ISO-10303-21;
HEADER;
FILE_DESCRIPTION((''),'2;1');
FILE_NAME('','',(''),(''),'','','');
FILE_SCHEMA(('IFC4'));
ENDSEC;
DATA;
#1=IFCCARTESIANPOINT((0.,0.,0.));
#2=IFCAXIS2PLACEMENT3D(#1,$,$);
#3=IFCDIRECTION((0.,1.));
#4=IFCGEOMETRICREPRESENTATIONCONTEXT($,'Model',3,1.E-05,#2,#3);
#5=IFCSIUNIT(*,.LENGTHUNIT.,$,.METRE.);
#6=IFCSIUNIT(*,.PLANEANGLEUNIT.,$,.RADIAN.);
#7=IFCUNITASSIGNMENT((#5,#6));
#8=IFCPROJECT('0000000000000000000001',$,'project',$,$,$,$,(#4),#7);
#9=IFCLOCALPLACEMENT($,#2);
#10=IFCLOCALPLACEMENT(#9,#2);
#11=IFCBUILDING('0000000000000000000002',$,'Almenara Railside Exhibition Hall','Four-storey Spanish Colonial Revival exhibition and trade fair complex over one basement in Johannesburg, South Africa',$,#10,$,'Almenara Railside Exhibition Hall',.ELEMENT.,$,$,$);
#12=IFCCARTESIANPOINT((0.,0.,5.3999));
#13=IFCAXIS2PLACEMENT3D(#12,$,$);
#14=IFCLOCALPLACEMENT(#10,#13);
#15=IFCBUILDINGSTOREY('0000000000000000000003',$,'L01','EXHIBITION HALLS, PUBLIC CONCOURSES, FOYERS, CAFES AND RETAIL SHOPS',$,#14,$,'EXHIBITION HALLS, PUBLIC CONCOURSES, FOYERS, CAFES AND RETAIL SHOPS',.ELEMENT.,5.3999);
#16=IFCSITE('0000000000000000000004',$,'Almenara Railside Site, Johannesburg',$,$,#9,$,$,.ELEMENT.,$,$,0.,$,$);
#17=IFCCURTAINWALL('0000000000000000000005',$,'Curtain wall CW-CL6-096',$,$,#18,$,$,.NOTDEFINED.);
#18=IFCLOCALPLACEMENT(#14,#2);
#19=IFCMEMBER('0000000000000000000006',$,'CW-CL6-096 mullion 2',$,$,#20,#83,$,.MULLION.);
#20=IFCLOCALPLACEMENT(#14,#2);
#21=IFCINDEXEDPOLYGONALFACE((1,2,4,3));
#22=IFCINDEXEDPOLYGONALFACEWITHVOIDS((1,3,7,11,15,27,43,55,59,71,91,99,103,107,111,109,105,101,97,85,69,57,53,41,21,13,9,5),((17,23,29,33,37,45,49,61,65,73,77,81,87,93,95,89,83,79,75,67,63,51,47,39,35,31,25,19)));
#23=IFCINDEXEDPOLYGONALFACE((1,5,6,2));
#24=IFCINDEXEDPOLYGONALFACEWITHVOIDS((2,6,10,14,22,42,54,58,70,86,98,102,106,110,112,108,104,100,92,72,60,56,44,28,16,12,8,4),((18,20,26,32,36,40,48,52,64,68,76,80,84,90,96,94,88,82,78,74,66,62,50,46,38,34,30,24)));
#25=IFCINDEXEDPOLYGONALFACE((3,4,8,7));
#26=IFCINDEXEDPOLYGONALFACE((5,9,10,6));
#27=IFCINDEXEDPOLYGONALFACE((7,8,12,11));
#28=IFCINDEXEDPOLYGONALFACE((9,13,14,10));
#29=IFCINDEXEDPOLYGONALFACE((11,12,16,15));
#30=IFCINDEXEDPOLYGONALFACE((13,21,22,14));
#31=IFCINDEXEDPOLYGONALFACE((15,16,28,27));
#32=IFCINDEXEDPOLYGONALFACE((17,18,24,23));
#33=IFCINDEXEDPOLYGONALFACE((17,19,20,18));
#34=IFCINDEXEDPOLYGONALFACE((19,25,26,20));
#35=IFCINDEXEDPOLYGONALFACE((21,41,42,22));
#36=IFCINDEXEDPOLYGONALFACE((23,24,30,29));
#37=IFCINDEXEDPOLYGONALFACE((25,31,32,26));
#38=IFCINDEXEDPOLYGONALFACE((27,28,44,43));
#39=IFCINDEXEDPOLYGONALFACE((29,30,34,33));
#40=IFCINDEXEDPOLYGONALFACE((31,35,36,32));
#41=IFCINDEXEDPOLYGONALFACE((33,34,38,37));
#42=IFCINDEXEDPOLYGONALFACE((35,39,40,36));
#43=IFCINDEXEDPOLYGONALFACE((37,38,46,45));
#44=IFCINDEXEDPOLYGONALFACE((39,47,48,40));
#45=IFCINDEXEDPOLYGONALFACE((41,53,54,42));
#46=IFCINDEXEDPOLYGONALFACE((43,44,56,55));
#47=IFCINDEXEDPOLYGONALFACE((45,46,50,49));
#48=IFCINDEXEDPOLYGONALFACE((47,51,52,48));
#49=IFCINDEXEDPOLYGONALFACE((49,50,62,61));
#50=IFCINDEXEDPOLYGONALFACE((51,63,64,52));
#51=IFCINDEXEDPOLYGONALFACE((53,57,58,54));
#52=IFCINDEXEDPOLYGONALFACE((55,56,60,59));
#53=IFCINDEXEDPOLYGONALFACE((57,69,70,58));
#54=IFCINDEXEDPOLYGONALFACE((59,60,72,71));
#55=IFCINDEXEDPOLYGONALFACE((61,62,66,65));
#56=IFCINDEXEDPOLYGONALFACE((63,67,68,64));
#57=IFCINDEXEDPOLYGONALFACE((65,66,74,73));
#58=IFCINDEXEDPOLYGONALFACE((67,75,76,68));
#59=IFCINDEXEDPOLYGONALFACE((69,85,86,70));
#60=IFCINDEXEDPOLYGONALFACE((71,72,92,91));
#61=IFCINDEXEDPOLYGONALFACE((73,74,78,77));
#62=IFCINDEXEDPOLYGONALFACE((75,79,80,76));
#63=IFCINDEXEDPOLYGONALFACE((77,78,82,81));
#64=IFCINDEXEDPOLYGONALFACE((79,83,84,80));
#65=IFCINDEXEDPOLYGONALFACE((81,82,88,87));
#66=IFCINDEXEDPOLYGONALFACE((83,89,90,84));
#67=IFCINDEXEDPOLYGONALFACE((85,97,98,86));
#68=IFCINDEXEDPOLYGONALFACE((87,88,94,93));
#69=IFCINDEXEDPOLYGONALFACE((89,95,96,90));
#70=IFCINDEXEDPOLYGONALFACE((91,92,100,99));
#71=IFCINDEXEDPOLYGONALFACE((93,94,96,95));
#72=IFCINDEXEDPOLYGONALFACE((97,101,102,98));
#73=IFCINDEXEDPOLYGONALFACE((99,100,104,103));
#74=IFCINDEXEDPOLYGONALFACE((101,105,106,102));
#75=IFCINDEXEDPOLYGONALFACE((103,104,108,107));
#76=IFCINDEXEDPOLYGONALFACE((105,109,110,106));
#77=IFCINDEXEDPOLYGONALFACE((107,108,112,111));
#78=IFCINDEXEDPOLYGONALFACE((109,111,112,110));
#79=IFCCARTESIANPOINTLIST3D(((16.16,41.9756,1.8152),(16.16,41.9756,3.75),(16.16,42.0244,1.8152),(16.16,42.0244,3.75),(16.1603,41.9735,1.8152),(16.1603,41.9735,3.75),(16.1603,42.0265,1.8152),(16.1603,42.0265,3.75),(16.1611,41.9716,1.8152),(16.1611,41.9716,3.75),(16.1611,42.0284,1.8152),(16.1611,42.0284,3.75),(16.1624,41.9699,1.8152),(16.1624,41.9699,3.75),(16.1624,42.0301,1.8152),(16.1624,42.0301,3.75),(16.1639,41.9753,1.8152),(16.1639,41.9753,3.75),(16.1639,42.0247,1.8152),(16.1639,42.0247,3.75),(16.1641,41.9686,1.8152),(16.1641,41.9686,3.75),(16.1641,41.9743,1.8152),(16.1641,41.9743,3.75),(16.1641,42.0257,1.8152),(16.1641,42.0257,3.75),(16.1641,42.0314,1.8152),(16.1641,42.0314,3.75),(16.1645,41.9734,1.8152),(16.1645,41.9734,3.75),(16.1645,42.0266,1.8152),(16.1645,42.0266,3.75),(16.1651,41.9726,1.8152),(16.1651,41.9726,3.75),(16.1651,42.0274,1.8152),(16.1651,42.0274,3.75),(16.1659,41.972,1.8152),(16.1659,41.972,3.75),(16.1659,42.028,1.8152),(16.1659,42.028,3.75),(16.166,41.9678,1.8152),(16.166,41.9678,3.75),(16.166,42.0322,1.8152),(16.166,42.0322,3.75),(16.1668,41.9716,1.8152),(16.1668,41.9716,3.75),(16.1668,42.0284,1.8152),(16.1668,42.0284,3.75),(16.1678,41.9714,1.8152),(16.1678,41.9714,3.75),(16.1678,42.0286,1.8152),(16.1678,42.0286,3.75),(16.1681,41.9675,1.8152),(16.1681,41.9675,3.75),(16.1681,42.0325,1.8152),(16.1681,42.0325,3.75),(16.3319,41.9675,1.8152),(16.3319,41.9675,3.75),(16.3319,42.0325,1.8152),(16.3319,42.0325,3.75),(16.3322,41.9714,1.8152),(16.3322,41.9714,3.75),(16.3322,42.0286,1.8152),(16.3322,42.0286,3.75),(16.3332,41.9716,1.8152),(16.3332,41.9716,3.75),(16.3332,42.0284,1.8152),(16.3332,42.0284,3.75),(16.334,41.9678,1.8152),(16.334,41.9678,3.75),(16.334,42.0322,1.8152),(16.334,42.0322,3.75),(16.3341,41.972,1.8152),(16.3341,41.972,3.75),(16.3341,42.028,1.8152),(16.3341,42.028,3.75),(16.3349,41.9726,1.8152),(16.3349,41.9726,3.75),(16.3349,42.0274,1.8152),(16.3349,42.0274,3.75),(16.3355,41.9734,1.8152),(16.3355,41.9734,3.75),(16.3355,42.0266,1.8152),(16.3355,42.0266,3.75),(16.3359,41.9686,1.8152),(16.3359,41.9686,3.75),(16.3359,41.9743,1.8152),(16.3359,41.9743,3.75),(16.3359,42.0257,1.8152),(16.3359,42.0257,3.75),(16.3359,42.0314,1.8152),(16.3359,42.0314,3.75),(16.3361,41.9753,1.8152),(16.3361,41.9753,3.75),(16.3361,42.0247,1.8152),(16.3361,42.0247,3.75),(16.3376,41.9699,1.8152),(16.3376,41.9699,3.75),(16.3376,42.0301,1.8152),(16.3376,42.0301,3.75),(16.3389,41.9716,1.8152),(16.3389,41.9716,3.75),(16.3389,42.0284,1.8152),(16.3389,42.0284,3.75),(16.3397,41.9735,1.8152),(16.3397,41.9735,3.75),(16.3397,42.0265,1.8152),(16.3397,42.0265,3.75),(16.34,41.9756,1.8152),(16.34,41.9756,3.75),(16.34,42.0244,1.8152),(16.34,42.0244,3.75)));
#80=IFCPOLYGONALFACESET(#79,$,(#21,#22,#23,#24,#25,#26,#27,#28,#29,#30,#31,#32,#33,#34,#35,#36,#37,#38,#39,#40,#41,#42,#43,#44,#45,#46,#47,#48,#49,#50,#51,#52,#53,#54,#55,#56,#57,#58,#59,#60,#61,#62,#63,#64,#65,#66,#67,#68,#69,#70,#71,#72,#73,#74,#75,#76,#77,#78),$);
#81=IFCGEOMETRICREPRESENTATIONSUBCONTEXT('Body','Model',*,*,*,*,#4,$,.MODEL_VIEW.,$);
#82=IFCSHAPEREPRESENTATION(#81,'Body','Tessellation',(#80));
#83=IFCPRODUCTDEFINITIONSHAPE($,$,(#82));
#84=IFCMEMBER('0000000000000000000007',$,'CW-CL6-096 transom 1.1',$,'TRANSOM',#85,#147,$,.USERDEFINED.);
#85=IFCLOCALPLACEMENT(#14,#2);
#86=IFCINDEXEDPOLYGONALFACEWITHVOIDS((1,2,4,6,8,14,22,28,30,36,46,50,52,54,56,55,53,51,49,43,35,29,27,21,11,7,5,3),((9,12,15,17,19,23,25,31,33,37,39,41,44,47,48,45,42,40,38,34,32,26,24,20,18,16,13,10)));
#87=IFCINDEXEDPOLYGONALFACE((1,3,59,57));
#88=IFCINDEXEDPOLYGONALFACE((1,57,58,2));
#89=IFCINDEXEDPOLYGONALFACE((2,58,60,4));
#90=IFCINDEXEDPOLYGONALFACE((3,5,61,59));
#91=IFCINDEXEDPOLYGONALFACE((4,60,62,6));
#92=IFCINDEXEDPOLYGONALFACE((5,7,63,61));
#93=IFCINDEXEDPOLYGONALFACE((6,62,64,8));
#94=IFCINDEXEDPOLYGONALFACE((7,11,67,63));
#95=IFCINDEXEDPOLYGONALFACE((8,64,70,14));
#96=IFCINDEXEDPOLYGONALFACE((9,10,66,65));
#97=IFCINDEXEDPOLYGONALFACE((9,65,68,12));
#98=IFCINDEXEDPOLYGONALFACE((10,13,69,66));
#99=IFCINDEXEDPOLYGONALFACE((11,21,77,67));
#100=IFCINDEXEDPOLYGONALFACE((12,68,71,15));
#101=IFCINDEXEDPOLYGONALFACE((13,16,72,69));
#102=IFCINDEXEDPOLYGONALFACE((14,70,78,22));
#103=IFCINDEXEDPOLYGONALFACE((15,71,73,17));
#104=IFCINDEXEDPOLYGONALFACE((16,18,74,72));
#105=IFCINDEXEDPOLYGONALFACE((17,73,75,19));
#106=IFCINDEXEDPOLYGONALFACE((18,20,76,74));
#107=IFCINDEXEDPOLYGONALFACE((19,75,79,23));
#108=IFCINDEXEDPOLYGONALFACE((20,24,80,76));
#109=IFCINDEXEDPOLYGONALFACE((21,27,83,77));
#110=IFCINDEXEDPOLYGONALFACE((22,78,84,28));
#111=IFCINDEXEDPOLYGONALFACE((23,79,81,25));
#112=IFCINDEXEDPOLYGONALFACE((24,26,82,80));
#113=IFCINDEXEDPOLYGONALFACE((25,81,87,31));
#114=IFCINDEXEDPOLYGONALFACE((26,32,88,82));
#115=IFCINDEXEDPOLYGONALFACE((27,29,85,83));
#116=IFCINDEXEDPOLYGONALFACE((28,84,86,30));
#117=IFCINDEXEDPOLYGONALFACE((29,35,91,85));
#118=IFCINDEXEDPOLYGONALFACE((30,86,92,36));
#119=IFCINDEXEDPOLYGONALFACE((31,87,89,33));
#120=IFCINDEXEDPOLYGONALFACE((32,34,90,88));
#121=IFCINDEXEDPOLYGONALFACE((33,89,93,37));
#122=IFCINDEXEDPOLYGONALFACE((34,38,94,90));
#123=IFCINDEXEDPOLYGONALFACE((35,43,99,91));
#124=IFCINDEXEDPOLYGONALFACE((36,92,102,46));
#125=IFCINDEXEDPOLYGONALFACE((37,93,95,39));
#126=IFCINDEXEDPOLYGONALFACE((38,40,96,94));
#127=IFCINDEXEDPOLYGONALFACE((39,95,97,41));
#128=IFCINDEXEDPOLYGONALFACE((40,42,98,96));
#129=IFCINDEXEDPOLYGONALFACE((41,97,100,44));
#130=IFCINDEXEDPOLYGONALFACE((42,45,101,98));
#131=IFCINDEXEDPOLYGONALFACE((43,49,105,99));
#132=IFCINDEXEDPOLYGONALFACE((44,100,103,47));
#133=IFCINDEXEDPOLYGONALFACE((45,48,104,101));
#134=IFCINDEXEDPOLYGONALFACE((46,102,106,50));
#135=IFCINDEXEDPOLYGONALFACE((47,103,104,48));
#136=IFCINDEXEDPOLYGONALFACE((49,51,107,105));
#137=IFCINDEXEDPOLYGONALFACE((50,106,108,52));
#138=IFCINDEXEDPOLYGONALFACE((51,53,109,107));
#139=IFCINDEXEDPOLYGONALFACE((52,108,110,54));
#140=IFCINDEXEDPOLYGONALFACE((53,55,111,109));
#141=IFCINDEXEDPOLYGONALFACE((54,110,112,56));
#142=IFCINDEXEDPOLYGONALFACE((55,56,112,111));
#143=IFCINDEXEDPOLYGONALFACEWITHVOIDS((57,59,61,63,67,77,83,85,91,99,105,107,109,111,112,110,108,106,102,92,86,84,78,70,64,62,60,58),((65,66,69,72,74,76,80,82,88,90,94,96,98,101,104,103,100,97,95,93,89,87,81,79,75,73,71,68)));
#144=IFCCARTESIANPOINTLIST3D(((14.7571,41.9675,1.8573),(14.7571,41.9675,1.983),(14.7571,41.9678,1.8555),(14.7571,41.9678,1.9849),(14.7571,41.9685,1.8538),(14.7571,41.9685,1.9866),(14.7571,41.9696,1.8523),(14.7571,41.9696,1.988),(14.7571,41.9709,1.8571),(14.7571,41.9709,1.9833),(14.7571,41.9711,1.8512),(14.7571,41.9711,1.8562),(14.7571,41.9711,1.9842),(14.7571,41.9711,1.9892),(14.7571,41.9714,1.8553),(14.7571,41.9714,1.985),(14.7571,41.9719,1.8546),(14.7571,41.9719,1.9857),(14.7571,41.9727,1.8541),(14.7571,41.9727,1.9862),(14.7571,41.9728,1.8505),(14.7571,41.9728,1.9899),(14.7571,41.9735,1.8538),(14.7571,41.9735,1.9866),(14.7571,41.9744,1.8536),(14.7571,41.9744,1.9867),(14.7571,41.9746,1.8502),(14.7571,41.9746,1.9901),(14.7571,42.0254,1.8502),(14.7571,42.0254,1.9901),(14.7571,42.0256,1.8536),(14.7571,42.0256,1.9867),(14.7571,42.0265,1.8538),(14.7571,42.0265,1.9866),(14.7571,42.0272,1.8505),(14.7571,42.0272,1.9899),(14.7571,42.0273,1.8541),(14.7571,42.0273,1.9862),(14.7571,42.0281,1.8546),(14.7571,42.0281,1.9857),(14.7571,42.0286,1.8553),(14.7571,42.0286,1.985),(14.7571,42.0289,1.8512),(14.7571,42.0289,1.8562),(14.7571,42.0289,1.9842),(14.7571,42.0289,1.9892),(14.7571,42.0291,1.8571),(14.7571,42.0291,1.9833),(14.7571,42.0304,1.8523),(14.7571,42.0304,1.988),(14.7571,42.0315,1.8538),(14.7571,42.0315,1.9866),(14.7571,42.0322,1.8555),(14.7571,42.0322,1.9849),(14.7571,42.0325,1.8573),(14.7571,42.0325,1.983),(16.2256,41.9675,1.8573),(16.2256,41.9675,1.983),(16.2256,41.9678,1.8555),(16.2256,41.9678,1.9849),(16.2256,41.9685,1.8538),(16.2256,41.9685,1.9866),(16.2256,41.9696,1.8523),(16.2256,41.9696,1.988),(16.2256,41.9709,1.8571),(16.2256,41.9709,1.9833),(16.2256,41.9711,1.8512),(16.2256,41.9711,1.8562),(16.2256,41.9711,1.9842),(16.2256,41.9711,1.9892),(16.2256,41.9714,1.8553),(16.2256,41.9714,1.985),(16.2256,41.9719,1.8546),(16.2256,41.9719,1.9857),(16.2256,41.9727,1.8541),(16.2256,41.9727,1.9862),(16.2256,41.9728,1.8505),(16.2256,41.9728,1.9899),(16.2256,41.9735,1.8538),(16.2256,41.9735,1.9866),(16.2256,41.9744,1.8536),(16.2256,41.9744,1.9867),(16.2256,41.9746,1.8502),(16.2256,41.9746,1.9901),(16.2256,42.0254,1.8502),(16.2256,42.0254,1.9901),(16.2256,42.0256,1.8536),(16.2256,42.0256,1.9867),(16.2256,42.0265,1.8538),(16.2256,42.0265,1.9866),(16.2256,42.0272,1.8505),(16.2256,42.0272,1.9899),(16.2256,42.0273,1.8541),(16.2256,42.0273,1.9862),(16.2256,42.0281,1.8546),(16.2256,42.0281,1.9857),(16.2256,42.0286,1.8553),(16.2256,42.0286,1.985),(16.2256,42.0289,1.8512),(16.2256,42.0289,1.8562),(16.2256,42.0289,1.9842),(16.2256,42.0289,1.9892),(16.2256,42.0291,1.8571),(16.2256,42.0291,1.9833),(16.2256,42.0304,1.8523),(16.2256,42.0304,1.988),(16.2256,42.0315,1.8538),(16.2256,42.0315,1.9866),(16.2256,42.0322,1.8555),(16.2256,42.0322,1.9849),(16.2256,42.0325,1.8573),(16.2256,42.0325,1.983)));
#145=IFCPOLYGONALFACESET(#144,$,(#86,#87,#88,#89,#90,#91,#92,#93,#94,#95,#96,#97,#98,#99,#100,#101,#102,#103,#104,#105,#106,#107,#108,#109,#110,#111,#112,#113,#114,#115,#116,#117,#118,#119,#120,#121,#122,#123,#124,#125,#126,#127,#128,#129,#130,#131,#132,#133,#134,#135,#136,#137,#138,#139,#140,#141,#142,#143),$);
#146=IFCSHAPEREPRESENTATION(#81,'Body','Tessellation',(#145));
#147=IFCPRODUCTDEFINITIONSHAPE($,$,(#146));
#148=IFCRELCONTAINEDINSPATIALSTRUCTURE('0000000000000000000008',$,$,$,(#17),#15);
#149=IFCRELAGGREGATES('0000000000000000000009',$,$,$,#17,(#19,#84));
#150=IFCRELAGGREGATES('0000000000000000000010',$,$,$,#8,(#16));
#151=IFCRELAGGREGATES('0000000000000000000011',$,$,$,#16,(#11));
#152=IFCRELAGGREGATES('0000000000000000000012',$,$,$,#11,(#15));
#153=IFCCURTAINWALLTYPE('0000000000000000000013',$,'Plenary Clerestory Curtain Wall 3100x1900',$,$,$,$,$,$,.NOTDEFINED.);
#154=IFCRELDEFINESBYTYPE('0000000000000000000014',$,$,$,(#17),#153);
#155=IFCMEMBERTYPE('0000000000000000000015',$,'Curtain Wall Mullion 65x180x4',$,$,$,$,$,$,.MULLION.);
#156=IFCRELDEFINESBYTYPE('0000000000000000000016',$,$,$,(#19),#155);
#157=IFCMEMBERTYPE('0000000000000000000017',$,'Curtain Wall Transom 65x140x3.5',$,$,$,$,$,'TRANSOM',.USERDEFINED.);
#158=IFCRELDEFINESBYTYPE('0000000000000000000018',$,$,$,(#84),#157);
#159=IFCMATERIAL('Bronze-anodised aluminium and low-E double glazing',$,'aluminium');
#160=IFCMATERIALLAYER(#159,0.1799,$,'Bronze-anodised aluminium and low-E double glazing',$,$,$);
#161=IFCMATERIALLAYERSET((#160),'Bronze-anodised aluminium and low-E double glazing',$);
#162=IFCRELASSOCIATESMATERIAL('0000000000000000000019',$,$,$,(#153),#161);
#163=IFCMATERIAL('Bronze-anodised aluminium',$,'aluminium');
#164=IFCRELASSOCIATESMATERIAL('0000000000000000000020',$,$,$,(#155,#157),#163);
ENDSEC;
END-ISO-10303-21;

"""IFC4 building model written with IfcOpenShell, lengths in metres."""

from ifc_helpers import new_model, si_unit, direction, frame, origin, origin_2d, place, context, subcontext, project, spatial, hollow_rectangle, extrude, material, layer, layer_set, material_profile, profile_set, type_object, element, aggregate, save


model = new_model("IFC4")

# Units and contexts
model_context = context("Model", 3, precision=1e-05, world=origin(), true_north=direction((0.0, 1.0)))
body_context = subcontext(model_context, "Body", "Model", "MODEL_VIEW")
ifc_project = project(units=[si_unit("LENGTHUNIT", "METRE"), si_unit("PLANEANGLEUNIT", "RADIAN")], contexts=[model_context])

# Site, building, storey
site_placement = place(None, origin())
site = spatial("IfcSite", under=ifc_project, at=site_placement, Name="Almenara Railside Site, Johannesburg", CompositionType="ELEMENT", RefElevation=0.0)
building_placement = place(site_placement, origin())
building = spatial("IfcBuilding", under=site, at=building_placement, Name="Almenara Railside Exhibition Hall", Description="Four-storey Spanish Colonial Revival exhibition and trade fair complex over one basement in Johannesburg, South Africa", LongName="Almenara Railside Exhibition Hall", CompositionType="ELEMENT")
storey_placement = place(building_placement, frame((0.0, 0.0, 5.3999)))
storey = spatial("IfcBuildingStorey", under=building, at=storey_placement, Name="L01", Description="EXHIBITION HALLS, PUBLIC CONCOURSES, FOYERS, CAFES AND RETAIL SHOPS", LongName="EXHIBITION HALLS, PUBLIC CONCOURSES, FOYERS, CAFES AND RETAIL SHOPS", CompositionType="ELEMENT", Elevation=5.3999)

# Shared definitions
ifc_material_1 = material(Name="Bronze-anodised aluminium and low-E double glazing", Category="aluminium")
ifc_material_2 = material(Name="Bronze-anodised aluminium", Category="aluminium")

# Curtain wall, members
ifc_layer_1 = layer(ifc_material_1, 0.1799, Name="Bronze-anodised aluminium and low-E double glazing")
ifc_layer_set_1 = layer_set([ifc_layer_1], Name="Bronze-anodised aluminium and low-E double glazing")
curtain_wall_type_1 = type_object("IfcCurtainWallType", Name="Plenary Clerestory Curtain Wall 3100x1900", PredefinedType="NOTDEFINED", material=ifc_layer_set_1)
curtain_wall_1_placement = place(storey_placement, origin())
curtain_wall_1 = element("IfcCurtainWall", 1, at=curtain_wall_1_placement, inside=storey, type_object=curtain_wall_type_1, Name="Curtain wall CW-CL6-096", PredefinedType="NOTDEFINED")
ifc_material_profile_1 = material_profile(ifc_material_2, hollow_rectangle(XDim=0.0649, YDim=0.1799, WallThickness=0.0039, InnerFilletRadius=0.0039, OuterFilletRadius=0.0081, at=origin_2d()), Name="ALU-MUL 65x180x4")
ifc_profile_set_1 = profile_set([ifc_material_profile_1], Name="Bronze-anodised aluminium")
member_type_1 = type_object("IfcMemberType", Name="Curtain Wall Mullion 65x180x4", PredefinedType="MULLION", material=ifc_profile_set_1)
member_1_placement = place(storey_placement, frame((16.25, 42.0, 1.8152), z_axis=(0.0, 0.0, 1.0), x_axis=(0.0, 1.0, 0.0)))
member_1 = element("IfcMember", 2, at=member_1_placement, type_object=member_type_1, Name="CW-CL6-096 mullion 2", PredefinedType="MULLION", context=body_context, shape_type="SweptSolid", body=[
    extrude(hollow_rectangle(XDim=0.0649, YDim=0.1799, WallThickness=0.0039, InnerFilletRadius=0.0039, OuterFilletRadius=0.0081, at=origin_2d()), origin(), (0.0, 0.0, 1.0), 1.9348),
])
ifc_material_profile_2 = material_profile(ifc_material_2, hollow_rectangle(XDim=0.0649, YDim=0.1399, WallThickness=0.0034, InnerFilletRadius=0.0034, OuterFilletRadius=0.0071, at=origin_2d()), Name="ALU-TRN 65x140x3.5")
ifc_profile_set_2 = profile_set([ifc_material_profile_2], Name="Bronze-anodised aluminium")
member_type_2 = type_object("IfcMemberType", Name="Curtain Wall Transom 65x140x3.5", ElementType="TRANSOM", PredefinedType="USERDEFINED", material=ifc_profile_set_2)
member_2_placement = place(storey_placement, frame((14.7571, 42.0, 1.9202), z_axis=(1.0, 0.0, 0.0), x_axis=(0.0, 1.0, 0.0)))
member_2 = element("IfcMember", 3, at=member_2_placement, type_object=member_type_2, Name="CW-CL6-096 transom 1.1", ObjectType="TRANSOM", PredefinedType="USERDEFINED", context=body_context, shape_type="SweptSolid", body=[
    extrude(hollow_rectangle(XDim=0.0649, YDim=0.1399, WallThickness=0.0034, InnerFilletRadius=0.0034, OuterFilletRadius=0.0071, at=origin_2d()), origin(), (0.0, 0.0, 1.0), 1.4685),
])

aggregate(curtain_wall_1, [member_1, member_2])

save(model, "model.ifc")
